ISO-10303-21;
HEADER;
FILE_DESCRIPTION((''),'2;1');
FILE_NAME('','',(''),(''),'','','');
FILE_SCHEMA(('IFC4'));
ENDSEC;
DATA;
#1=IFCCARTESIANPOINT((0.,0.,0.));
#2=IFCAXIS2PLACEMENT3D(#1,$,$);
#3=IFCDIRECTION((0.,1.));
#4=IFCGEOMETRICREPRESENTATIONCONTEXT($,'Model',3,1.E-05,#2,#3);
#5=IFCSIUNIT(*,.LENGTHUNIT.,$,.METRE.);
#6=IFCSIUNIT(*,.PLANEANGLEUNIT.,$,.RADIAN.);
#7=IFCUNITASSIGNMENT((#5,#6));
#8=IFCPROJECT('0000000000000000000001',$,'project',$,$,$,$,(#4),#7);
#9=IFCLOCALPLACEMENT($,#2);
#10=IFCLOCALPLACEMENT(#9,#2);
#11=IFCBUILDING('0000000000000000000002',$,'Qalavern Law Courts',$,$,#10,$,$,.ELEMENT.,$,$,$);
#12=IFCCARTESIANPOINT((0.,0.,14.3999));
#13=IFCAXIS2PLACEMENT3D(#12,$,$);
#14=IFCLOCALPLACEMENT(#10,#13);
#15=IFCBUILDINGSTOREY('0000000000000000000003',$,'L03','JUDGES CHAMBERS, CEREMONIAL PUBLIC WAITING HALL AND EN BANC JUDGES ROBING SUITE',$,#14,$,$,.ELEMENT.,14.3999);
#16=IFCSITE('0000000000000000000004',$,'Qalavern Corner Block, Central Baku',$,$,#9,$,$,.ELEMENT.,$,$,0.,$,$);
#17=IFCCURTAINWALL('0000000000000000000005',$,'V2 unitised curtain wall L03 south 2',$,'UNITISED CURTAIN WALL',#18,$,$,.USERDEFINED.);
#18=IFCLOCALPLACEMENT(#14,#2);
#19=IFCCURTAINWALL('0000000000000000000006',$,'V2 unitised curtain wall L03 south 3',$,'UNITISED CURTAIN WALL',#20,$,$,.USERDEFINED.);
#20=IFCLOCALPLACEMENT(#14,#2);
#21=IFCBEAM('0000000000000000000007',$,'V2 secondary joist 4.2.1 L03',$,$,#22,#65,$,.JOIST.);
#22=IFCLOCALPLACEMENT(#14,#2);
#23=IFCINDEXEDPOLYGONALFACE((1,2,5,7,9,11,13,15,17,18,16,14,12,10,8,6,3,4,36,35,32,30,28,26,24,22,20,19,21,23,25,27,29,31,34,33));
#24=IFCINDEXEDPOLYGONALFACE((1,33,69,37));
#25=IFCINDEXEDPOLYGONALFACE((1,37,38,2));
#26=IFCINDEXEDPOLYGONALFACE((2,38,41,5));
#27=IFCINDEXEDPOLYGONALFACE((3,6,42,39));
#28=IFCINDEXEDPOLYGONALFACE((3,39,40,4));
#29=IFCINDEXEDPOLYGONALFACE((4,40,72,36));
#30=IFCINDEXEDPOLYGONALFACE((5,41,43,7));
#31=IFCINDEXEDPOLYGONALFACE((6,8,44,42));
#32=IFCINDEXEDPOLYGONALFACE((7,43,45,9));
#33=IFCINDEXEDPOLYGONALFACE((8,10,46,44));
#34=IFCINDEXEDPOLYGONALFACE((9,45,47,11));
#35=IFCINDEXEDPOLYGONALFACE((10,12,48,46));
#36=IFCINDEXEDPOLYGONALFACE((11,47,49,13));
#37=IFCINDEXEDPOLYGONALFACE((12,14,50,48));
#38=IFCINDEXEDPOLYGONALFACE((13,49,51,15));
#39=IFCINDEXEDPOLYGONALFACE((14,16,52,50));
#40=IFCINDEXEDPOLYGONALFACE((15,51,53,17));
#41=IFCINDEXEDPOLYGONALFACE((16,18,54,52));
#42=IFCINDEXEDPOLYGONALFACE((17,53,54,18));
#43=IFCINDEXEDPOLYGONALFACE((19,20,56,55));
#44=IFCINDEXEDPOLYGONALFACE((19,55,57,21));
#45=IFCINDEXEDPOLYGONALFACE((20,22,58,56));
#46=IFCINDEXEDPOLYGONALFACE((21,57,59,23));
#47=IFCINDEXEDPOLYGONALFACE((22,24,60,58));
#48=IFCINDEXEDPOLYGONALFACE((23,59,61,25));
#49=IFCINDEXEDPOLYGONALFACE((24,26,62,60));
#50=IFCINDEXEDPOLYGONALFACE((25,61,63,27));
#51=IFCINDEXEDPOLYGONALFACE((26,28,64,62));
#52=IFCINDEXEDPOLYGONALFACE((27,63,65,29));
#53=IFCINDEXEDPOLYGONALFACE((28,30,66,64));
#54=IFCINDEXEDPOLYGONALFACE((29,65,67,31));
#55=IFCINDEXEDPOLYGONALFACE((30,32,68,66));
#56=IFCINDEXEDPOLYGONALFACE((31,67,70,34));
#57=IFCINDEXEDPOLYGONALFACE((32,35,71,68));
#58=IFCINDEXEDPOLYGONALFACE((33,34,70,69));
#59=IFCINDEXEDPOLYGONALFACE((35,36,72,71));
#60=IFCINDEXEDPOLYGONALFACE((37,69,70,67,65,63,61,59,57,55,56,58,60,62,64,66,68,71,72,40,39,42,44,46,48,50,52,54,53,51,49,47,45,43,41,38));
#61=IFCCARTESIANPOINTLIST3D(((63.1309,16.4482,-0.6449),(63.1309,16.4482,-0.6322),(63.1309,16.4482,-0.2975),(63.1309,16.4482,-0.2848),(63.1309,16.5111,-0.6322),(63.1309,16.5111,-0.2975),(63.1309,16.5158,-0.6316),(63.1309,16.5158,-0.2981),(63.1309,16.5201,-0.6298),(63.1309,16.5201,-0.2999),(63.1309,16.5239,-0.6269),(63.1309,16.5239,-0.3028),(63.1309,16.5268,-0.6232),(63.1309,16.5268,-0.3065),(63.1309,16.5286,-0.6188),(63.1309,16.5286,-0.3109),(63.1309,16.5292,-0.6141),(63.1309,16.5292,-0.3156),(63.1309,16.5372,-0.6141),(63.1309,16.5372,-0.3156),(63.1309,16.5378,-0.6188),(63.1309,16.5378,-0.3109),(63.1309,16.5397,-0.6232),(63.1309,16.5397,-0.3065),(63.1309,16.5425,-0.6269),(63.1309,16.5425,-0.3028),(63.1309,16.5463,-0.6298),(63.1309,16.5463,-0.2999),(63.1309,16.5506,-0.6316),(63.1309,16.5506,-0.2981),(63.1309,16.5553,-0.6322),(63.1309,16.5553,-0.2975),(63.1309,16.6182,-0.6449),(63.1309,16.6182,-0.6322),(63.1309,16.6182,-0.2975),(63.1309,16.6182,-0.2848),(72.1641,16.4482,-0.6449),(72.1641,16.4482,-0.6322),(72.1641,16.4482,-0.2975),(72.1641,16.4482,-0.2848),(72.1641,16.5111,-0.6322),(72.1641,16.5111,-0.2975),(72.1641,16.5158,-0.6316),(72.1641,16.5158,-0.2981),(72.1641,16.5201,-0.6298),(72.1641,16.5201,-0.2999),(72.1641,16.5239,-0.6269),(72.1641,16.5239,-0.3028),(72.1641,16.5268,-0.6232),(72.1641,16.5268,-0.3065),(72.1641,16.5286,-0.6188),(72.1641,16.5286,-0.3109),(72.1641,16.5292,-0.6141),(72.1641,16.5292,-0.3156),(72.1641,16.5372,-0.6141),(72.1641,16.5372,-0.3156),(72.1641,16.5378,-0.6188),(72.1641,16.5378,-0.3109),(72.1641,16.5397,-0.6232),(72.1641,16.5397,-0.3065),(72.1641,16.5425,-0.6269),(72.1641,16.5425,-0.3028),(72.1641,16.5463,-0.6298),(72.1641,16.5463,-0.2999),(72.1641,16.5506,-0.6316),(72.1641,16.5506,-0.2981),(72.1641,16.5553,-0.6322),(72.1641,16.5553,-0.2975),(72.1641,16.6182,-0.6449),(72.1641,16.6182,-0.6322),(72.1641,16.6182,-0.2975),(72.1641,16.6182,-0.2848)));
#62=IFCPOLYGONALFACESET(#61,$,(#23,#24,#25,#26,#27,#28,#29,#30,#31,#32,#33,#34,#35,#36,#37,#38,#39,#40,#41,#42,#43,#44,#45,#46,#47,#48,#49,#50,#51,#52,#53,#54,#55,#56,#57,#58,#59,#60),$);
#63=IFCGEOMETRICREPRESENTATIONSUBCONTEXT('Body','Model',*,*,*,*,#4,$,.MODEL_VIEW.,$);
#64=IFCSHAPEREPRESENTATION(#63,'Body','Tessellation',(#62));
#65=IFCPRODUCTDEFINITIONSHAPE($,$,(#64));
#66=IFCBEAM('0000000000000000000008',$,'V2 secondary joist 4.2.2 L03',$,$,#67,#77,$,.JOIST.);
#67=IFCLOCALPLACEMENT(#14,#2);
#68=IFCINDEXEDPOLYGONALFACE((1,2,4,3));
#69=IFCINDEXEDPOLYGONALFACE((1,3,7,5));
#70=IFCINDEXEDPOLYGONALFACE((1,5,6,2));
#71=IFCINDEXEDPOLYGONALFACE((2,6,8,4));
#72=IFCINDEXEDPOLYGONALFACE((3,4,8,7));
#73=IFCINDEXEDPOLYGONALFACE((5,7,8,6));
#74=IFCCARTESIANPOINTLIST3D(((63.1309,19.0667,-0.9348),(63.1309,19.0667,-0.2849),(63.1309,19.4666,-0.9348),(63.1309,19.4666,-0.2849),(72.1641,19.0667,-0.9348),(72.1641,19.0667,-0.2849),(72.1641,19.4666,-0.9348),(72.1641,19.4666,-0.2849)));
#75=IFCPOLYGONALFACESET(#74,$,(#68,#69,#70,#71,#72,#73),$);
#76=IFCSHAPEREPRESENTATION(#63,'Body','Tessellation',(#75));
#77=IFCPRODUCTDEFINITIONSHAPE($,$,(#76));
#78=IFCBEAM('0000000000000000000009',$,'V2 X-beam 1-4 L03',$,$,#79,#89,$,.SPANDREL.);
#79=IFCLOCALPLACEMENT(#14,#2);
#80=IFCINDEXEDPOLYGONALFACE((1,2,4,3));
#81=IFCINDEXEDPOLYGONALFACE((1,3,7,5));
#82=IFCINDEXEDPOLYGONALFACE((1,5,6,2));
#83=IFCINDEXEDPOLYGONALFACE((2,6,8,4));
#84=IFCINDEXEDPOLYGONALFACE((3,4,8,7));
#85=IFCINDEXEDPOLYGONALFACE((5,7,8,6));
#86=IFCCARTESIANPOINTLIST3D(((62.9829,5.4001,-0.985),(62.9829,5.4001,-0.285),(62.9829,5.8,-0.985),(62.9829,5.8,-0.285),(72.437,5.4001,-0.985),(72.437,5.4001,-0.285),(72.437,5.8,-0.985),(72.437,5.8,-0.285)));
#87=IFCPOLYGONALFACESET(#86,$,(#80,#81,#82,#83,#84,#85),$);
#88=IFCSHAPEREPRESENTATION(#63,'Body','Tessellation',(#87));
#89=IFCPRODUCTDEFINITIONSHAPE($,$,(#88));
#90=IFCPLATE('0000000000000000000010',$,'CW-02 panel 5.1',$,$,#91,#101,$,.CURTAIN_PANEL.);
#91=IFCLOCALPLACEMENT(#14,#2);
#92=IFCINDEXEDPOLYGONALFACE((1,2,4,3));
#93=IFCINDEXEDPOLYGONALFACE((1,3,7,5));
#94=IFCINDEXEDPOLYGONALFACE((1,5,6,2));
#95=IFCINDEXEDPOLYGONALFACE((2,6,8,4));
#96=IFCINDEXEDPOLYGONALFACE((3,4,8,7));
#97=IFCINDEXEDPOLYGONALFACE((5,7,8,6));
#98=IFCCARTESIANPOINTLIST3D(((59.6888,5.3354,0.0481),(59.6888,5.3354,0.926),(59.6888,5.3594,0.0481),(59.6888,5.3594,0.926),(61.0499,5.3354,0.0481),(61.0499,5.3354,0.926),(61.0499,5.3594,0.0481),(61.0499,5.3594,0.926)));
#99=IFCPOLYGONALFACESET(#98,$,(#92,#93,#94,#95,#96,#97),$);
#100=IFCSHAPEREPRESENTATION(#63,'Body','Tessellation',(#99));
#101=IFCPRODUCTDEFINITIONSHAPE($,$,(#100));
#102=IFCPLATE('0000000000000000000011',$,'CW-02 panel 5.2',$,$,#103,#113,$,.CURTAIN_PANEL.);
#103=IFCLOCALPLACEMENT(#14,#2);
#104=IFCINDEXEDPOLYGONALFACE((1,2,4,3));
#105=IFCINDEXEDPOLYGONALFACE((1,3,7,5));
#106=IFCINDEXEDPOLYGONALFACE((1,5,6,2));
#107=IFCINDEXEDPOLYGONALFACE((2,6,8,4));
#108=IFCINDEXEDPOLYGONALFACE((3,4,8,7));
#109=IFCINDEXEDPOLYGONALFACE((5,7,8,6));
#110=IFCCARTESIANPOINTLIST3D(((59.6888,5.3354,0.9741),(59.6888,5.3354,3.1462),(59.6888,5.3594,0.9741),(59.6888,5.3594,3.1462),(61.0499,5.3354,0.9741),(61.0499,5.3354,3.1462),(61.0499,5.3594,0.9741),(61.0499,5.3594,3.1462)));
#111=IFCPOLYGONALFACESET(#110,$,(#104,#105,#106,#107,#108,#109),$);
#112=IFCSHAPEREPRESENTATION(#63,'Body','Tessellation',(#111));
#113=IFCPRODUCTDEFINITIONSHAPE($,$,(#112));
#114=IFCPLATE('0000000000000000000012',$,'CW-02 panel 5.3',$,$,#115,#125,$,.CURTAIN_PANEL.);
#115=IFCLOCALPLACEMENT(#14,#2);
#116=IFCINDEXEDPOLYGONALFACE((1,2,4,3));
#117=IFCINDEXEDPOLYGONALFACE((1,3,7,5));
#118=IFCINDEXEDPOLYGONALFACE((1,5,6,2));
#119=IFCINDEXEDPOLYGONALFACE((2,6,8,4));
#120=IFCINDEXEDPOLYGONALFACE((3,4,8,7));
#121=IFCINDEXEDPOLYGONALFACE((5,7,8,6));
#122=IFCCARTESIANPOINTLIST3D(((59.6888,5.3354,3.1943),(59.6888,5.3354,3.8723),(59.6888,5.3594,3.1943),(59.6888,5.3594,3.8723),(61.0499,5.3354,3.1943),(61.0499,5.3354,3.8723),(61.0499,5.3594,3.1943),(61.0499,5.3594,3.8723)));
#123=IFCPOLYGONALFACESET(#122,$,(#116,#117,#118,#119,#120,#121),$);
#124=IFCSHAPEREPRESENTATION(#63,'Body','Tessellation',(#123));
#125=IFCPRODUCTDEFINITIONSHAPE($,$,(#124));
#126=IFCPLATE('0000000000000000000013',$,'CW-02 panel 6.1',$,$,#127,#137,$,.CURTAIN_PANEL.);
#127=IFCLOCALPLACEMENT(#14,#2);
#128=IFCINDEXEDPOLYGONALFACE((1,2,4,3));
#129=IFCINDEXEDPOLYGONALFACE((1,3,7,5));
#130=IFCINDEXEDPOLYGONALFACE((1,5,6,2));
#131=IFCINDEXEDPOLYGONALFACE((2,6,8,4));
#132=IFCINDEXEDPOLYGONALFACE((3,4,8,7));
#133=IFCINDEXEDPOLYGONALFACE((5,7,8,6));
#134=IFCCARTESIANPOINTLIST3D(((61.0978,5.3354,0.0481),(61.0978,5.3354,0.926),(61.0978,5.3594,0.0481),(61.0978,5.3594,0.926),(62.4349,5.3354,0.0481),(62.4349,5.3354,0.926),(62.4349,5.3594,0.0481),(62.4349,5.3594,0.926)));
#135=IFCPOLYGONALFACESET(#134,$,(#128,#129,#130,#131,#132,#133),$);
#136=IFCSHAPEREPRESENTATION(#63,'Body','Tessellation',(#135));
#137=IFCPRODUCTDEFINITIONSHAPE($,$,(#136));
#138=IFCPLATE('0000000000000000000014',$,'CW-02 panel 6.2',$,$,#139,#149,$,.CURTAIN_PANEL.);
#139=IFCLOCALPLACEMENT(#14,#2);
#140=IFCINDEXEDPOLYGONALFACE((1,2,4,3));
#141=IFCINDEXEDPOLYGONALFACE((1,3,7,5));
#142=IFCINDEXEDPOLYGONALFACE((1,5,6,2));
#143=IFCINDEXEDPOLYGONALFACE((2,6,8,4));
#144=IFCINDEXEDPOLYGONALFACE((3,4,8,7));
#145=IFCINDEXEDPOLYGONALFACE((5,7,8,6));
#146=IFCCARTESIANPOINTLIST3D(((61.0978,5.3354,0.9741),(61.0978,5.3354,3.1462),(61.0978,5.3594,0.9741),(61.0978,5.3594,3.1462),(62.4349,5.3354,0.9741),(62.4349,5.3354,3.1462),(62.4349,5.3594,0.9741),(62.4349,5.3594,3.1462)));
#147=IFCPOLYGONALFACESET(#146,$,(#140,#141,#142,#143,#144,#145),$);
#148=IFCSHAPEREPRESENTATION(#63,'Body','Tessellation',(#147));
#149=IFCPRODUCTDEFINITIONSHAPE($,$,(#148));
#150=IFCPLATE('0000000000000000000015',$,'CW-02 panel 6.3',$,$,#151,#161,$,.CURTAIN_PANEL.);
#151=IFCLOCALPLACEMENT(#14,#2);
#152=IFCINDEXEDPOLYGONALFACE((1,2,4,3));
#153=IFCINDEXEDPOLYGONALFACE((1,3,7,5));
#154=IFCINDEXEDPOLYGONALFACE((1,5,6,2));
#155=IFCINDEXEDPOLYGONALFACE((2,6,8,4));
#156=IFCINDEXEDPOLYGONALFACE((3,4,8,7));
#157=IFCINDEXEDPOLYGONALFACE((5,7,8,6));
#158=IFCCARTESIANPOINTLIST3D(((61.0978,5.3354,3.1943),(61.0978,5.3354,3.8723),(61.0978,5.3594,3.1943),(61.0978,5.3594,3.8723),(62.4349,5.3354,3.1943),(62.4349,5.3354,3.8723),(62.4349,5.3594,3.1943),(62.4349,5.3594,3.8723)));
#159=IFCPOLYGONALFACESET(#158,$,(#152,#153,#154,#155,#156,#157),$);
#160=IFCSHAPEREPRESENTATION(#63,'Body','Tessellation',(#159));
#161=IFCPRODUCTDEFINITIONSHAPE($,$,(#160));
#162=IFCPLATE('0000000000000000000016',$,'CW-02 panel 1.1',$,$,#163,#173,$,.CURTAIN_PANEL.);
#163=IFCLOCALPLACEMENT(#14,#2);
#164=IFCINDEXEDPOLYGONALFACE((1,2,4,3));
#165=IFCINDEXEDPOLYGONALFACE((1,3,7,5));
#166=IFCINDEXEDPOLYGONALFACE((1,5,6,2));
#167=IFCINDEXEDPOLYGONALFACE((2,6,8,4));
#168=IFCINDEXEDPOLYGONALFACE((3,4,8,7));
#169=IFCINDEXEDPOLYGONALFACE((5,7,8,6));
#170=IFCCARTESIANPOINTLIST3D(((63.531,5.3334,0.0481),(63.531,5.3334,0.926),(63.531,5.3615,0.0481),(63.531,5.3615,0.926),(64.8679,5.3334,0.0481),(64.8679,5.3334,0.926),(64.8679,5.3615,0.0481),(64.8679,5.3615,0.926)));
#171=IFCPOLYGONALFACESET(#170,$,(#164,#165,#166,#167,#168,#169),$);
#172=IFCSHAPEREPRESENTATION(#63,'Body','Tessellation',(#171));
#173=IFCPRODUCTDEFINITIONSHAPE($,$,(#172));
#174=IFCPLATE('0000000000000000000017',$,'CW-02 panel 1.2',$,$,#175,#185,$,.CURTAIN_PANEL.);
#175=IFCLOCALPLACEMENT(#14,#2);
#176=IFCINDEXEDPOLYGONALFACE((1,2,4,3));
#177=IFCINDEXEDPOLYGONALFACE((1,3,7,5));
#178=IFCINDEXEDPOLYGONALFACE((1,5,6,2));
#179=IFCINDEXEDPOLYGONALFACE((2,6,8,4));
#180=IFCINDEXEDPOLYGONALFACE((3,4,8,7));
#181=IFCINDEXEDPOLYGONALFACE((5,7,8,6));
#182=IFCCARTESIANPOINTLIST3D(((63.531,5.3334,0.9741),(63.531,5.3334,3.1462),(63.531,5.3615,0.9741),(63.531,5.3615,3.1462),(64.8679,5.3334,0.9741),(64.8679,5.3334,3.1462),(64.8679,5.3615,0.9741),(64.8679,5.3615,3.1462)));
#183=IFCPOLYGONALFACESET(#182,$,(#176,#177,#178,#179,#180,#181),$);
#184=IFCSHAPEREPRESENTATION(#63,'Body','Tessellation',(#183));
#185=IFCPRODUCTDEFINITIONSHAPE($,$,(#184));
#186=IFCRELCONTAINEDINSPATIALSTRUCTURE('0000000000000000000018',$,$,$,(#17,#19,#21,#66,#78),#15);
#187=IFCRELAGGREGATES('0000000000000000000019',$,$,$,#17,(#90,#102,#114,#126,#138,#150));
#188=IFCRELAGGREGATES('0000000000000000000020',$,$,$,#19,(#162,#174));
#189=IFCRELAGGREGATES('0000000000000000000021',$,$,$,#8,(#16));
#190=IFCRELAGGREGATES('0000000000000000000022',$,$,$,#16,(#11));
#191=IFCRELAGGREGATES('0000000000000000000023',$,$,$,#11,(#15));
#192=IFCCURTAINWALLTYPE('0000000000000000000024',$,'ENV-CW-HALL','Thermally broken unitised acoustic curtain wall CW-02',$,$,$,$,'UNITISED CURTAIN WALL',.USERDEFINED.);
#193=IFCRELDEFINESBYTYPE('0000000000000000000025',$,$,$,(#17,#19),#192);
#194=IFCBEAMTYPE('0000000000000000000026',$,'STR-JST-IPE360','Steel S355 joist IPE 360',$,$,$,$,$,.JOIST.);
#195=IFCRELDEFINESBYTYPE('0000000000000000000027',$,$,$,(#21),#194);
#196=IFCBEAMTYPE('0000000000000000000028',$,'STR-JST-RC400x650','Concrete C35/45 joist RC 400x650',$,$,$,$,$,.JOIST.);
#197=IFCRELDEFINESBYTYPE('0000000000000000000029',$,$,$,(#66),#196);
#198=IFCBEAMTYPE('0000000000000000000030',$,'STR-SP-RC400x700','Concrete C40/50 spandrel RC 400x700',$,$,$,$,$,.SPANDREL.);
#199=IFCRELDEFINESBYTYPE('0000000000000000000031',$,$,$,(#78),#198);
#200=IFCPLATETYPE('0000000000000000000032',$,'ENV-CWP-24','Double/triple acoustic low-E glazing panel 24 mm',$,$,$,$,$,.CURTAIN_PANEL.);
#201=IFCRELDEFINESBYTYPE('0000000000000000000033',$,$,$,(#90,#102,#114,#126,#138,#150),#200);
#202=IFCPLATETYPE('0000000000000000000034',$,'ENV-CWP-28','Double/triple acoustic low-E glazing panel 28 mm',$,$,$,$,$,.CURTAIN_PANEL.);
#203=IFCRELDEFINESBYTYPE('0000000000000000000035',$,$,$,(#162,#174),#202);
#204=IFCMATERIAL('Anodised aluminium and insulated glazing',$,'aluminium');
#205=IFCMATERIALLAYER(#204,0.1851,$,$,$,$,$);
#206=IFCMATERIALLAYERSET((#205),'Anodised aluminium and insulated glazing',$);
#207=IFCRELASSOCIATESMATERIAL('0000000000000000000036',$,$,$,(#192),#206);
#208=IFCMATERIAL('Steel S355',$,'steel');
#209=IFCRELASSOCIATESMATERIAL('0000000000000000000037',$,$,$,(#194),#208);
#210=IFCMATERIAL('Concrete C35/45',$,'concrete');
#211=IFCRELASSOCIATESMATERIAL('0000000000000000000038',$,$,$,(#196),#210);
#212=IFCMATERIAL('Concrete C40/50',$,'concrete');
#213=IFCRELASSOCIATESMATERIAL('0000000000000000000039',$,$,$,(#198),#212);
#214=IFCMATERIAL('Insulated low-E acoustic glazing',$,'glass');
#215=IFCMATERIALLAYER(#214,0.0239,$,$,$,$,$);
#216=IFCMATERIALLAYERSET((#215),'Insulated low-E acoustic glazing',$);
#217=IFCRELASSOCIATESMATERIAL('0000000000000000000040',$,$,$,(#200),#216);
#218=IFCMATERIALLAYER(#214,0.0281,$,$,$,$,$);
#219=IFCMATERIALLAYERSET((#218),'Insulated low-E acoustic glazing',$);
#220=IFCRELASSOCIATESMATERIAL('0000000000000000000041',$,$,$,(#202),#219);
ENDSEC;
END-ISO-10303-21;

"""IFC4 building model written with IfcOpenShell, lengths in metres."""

from ifc_helpers import new_model, si_unit, direction, frame, origin, origin_2d, place, context, subcontext, project, spatial, rectangle, i_section, extrude, material, layer, layer_set, material_profile, profile_set, type_object, element, aggregate, save


model = new_model("IFC4")

# Units and contexts
model_context = context("Model", 3, precision=1e-05, world=origin(), true_north=direction((0.0, 1.0)))
body_context = subcontext(model_context, "Body", "Model", "MODEL_VIEW")
ifc_project = project(units=[si_unit("LENGTHUNIT", "METRE"), si_unit("PLANEANGLEUNIT", "RADIAN")], contexts=[model_context])

# Site, building, storey
site_placement = place(None, origin())
site = spatial("IfcSite", under=ifc_project, at=site_placement, Name="Qalavern Corner Block, Central Baku", CompositionType="ELEMENT", RefElevation=0.0)
building_placement = place(site_placement, origin())
building = spatial("IfcBuilding", under=site, at=building_placement, Name="Qalavern Law Courts", CompositionType="ELEMENT")
storey_placement = place(building_placement, frame((0.0, 0.0, 14.3999)))
storey = spatial("IfcBuildingStorey", under=building, at=storey_placement, Name="L03", Description="JUDGES CHAMBERS, CEREMONIAL PUBLIC WAITING HALL AND EN BANC JUDGES ROBING SUITE", CompositionType="ELEMENT", Elevation=14.3999)

# Curtain wall
ifc_material_1 = material(Name="Anodised aluminium and insulated glazing", Category="aluminium")
ifc_layer_1 = layer(ifc_material_1, 0.1851)
ifc_layer_set_1 = layer_set([ifc_layer_1], Name="Anodised aluminium and insulated glazing")
curtain_wall_type = type_object("IfcCurtainWallType", Name="ENV-CW-HALL", Description="Thermally broken unitised acoustic curtain wall CW-02", ElementType="UNITISED CURTAIN WALL", PredefinedType="USERDEFINED", material=ifc_layer_set_1)
curtain_wall_1_placement = place(storey_placement, origin())
curtain_wall_1 = element("IfcCurtainWall", 1, at=curtain_wall_1_placement, inside=storey, type_object=curtain_wall_type, Name="V2 unitised curtain wall L03 south 2", ObjectType="UNITISED CURTAIN WALL", PredefinedType="USERDEFINED")

# Curtain wall
curtain_wall_2_placement = place(storey_placement, origin())
curtain_wall_2 = element("IfcCurtainWall", 2, at=curtain_wall_2_placement, inside=storey, type_object=curtain_wall_type, Name="V2 unitised curtain wall L03 south 3", ObjectType="UNITISED CURTAIN WALL", PredefinedType="USERDEFINED")

# Beams
ifc_material_2 = material(Name="Steel S355", Category="steel")
ifc_material_3 = material(Name="Concrete C40/50", Category="concrete")
ifc_material_profile_1 = material_profile(ifc_material_2, i_section(OverallWidth=0.1699, OverallDepth=0.3601, WebThickness=0.0081, FlangeThickness=0.0127, FilletRadius=0.0181, at=origin_2d()), Name="IPE 360")
ifc_profile_set_1 = profile_set([ifc_material_profile_1], Name="Steel S355")
beam_type_1 = type_object("IfcBeamType", Name="STR-JST-IPE360", Description="Steel S355 joist IPE 360", PredefinedType="JOIST", material=ifc_profile_set_1)
beam_1_placement = place(storey_placement, frame((63.1309, 16.5332, -0.4648), z_axis=(1.0, 0.0, 0.0), x_axis=(0.0, 1.0, 0.0)))
element("IfcBeam", 3, at=beam_1_placement, inside=storey, type_object=beam_type_1, Name="V2 secondary joist 4.2.1 L03", PredefinedType="JOIST", context=body_context, shape_type="SweptSolid", body=[
    extrude(i_section(OverallWidth=0.1699, OverallDepth=0.3601, WebThickness=0.0081, FlangeThickness=0.0127, FilletRadius=0.0181, at=origin_2d()), origin(), (0.0, 0.0, 1.0), 9.0332),
])
ifc_material_4 = material(Name="Concrete C35/45", Category="concrete")
ifc_material_profile_2 = material_profile(ifc_material_4, rectangle(XDim=0.3999, YDim=0.6499, at=origin_2d()), Name="RC 400x650")
ifc_profile_set_2 = profile_set([ifc_material_profile_2], Name="Concrete C35/45")
beam_type_2 = type_object("IfcBeamType", Name="STR-JST-RC400x650", Description="Concrete C35/45 joist RC 400x650", PredefinedType="JOIST", material=ifc_profile_set_2)
beam_2_placement = place(storey_placement, frame((63.1309, 19.2666, -0.6099), z_axis=(1.0, 0.0, 0.0), x_axis=(0.0, 1.0, 0.0)))
element("IfcBeam", 4, at=beam_2_placement, inside=storey, type_object=beam_type_2, Name="V2 secondary joist 4.2.2 L03", PredefinedType="JOIST", context=body_context, shape_type="SweptSolid", body=[
    extrude(rectangle(XDim=0.3999, YDim=0.6499, at=origin_2d()), origin(), (0.0, 0.0, 1.0), 9.0332),
])
ifc_material_profile_3 = material_profile(ifc_material_3, rectangle(XDim=0.3999, YDim=0.7, at=origin_2d()), Name="RC 400x700")
ifc_profile_set_3 = profile_set([ifc_material_profile_3], Name="Concrete C40/50")
beam_type_3 = type_object("IfcBeamType", Name="STR-SP-RC400x700", Description="Concrete C40/50 spandrel RC 400x700", PredefinedType="SPANDREL", material=ifc_profile_set_3)
beam_3_placement = place(storey_placement, frame((62.9829, 5.6001, -0.635), z_axis=(1.0, 0.0, 0.0), x_axis=(0.0, 1.0, 0.0)))
element("IfcBeam", 5, at=beam_3_placement, inside=storey, type_object=beam_type_3, Name="V2 X-beam 1-4 L03", PredefinedType="SPANDREL", context=body_context, shape_type="SweptSolid", body=[
    extrude(rectangle(XDim=0.3999, YDim=0.7, at=origin_2d()), origin(), (0.0, 0.0, 1.0), 9.4541),
])

# Plates
ifc_material_5 = material(Name="Insulated low-E acoustic glazing", Category="glass")
ifc_layer_2 = layer(ifc_material_5, 0.0239)
ifc_layer_set_2 = layer_set([ifc_layer_2], Name="Insulated low-E acoustic glazing")
plate_type_1 = type_object("IfcPlateType", Name="ENV-CWP-24", Description="Double/triple acoustic low-E glazing panel 24 mm", PredefinedType="CURTAIN_PANEL", material=ifc_layer_set_2)
plate_1_placement = place(storey_placement, frame((60.3694, 5.3474, 0.0481), z_axis=(0.0, 0.0, 1.0), x_axis=(1.0, 0.0, 0.0)))
plate_1 = element("IfcPlate", 6, at=plate_1_placement, type_object=plate_type_1, Name="CW-02 panel 5.1", PredefinedType="CURTAIN_PANEL", context=body_context, shape_type="SweptSolid", body=[
    extrude(rectangle(XDim=1.3611, YDim=0.0239, at=origin_2d()), origin(), (0.0, 0.0, 1.0), 0.8779),
])
plate_2_placement = place(storey_placement, frame((60.3694, 5.3474, 0.9741), z_axis=(0.0, 0.0, 1.0), x_axis=(1.0, 0.0, 0.0)))
plate_2 = element("IfcPlate", 7, at=plate_2_placement, type_object=plate_type_1, Name="CW-02 panel 5.2", PredefinedType="CURTAIN_PANEL", context=body_context, shape_type="SweptSolid", body=[
    extrude(rectangle(XDim=1.3611, YDim=0.0239, at=origin_2d()), origin(), (0.0, 0.0, 1.0), 2.1721),
])
plate_3_placement = place(storey_placement, frame((60.3694, 5.3474, 3.1943), z_axis=(0.0, 0.0, 1.0), x_axis=(1.0, 0.0, 0.0)))
plate_3 = element("IfcPlate", 8, at=plate_3_placement, type_object=plate_type_1, Name="CW-02 panel 5.3", PredefinedType="CURTAIN_PANEL", context=body_context, shape_type="SweptSolid", body=[
    extrude(rectangle(XDim=1.3611, YDim=0.0239, at=origin_2d()), origin(), (0.0, 0.0, 1.0), 0.678),
])
plate_4_placement = place(storey_placement, frame((61.7664, 5.3474, 0.0481), z_axis=(0.0, 0.0, 1.0), x_axis=(1.0, 0.0, 0.0)))
plate_4 = element("IfcPlate", 9, at=plate_4_placement, type_object=plate_type_1, Name="CW-02 panel 6.1", PredefinedType="CURTAIN_PANEL", context=body_context, shape_type="SweptSolid", body=[
    extrude(rectangle(XDim=1.3372, YDim=0.0239, at=origin_2d()), origin(), (0.0, 0.0, 1.0), 0.8779),
])
plate_5_placement = place(storey_placement, frame((61.7664, 5.3474, 0.9741), z_axis=(0.0, 0.0, 1.0), x_axis=(1.0, 0.0, 0.0)))
plate_5 = element("IfcPlate", 10, at=plate_5_placement, type_object=plate_type_1, Name="CW-02 panel 6.2", PredefinedType="CURTAIN_PANEL", context=body_context, shape_type="SweptSolid", body=[
    extrude(rectangle(XDim=1.3372, YDim=0.0239, at=origin_2d()), origin(), (0.0, 0.0, 1.0), 2.1721),
])
plate_6_placement = place(storey_placement, frame((61.7664, 5.3474, 3.1943), z_axis=(0.0, 0.0, 1.0), x_axis=(1.0, 0.0, 0.0)))
plate_6 = element("IfcPlate", 11, at=plate_6_placement, type_object=plate_type_1, Name="CW-02 panel 6.3", PredefinedType="CURTAIN_PANEL", context=body_context, shape_type="SweptSolid", body=[
    extrude(rectangle(XDim=1.3372, YDim=0.0239, at=origin_2d()), origin(), (0.0, 0.0, 1.0), 0.678),
])
aggregate(curtain_wall_1, [plate_1, plate_2, plate_3, plate_4, plate_5, plate_6])
ifc_layer_3 = layer(ifc_material_5, 0.0281)
ifc_layer_set_3 = layer_set([ifc_layer_3], Name="Insulated low-E acoustic glazing")
plate_type_2 = type_object("IfcPlateType", Name="ENV-CWP-28", Description="Double/triple acoustic low-E glazing panel 28 mm", PredefinedType="CURTAIN_PANEL", material=ifc_layer_set_3)
plate_7_placement = place(storey_placement, frame((64.1995, 5.3474, 0.0481), z_axis=(0.0, 0.0, 1.0), x_axis=(1.0, 0.0, 0.0)))
plate_7 = element("IfcPlate", 12, at=plate_7_placement, type_object=plate_type_2, Name="CW-02 panel 1.1", PredefinedType="CURTAIN_PANEL", context=body_context, shape_type="SweptSolid", body=[
    extrude(rectangle(XDim=1.3369, YDim=0.0281, at=origin_2d()), origin(), (0.0, 0.0, 1.0), 0.8779),
])
plate_8_placement = place(storey_placement, frame((64.1995, 5.3474, 0.9741), z_axis=(0.0, 0.0, 1.0), x_axis=(1.0, 0.0, 0.0)))
plate_8 = element("IfcPlate", 13, at=plate_8_placement, type_object=plate_type_2, Name="CW-02 panel 1.2", PredefinedType="CURTAIN_PANEL", context=body_context, shape_type="SweptSolid", body=[
    extrude(rectangle(XDim=1.3369, YDim=0.0281, at=origin_2d()), origin(), (0.0, 0.0, 1.0), 2.1721),
])
aggregate(curtain_wall_2, [plate_7, plate_8])

save(model, "model.ifc")
